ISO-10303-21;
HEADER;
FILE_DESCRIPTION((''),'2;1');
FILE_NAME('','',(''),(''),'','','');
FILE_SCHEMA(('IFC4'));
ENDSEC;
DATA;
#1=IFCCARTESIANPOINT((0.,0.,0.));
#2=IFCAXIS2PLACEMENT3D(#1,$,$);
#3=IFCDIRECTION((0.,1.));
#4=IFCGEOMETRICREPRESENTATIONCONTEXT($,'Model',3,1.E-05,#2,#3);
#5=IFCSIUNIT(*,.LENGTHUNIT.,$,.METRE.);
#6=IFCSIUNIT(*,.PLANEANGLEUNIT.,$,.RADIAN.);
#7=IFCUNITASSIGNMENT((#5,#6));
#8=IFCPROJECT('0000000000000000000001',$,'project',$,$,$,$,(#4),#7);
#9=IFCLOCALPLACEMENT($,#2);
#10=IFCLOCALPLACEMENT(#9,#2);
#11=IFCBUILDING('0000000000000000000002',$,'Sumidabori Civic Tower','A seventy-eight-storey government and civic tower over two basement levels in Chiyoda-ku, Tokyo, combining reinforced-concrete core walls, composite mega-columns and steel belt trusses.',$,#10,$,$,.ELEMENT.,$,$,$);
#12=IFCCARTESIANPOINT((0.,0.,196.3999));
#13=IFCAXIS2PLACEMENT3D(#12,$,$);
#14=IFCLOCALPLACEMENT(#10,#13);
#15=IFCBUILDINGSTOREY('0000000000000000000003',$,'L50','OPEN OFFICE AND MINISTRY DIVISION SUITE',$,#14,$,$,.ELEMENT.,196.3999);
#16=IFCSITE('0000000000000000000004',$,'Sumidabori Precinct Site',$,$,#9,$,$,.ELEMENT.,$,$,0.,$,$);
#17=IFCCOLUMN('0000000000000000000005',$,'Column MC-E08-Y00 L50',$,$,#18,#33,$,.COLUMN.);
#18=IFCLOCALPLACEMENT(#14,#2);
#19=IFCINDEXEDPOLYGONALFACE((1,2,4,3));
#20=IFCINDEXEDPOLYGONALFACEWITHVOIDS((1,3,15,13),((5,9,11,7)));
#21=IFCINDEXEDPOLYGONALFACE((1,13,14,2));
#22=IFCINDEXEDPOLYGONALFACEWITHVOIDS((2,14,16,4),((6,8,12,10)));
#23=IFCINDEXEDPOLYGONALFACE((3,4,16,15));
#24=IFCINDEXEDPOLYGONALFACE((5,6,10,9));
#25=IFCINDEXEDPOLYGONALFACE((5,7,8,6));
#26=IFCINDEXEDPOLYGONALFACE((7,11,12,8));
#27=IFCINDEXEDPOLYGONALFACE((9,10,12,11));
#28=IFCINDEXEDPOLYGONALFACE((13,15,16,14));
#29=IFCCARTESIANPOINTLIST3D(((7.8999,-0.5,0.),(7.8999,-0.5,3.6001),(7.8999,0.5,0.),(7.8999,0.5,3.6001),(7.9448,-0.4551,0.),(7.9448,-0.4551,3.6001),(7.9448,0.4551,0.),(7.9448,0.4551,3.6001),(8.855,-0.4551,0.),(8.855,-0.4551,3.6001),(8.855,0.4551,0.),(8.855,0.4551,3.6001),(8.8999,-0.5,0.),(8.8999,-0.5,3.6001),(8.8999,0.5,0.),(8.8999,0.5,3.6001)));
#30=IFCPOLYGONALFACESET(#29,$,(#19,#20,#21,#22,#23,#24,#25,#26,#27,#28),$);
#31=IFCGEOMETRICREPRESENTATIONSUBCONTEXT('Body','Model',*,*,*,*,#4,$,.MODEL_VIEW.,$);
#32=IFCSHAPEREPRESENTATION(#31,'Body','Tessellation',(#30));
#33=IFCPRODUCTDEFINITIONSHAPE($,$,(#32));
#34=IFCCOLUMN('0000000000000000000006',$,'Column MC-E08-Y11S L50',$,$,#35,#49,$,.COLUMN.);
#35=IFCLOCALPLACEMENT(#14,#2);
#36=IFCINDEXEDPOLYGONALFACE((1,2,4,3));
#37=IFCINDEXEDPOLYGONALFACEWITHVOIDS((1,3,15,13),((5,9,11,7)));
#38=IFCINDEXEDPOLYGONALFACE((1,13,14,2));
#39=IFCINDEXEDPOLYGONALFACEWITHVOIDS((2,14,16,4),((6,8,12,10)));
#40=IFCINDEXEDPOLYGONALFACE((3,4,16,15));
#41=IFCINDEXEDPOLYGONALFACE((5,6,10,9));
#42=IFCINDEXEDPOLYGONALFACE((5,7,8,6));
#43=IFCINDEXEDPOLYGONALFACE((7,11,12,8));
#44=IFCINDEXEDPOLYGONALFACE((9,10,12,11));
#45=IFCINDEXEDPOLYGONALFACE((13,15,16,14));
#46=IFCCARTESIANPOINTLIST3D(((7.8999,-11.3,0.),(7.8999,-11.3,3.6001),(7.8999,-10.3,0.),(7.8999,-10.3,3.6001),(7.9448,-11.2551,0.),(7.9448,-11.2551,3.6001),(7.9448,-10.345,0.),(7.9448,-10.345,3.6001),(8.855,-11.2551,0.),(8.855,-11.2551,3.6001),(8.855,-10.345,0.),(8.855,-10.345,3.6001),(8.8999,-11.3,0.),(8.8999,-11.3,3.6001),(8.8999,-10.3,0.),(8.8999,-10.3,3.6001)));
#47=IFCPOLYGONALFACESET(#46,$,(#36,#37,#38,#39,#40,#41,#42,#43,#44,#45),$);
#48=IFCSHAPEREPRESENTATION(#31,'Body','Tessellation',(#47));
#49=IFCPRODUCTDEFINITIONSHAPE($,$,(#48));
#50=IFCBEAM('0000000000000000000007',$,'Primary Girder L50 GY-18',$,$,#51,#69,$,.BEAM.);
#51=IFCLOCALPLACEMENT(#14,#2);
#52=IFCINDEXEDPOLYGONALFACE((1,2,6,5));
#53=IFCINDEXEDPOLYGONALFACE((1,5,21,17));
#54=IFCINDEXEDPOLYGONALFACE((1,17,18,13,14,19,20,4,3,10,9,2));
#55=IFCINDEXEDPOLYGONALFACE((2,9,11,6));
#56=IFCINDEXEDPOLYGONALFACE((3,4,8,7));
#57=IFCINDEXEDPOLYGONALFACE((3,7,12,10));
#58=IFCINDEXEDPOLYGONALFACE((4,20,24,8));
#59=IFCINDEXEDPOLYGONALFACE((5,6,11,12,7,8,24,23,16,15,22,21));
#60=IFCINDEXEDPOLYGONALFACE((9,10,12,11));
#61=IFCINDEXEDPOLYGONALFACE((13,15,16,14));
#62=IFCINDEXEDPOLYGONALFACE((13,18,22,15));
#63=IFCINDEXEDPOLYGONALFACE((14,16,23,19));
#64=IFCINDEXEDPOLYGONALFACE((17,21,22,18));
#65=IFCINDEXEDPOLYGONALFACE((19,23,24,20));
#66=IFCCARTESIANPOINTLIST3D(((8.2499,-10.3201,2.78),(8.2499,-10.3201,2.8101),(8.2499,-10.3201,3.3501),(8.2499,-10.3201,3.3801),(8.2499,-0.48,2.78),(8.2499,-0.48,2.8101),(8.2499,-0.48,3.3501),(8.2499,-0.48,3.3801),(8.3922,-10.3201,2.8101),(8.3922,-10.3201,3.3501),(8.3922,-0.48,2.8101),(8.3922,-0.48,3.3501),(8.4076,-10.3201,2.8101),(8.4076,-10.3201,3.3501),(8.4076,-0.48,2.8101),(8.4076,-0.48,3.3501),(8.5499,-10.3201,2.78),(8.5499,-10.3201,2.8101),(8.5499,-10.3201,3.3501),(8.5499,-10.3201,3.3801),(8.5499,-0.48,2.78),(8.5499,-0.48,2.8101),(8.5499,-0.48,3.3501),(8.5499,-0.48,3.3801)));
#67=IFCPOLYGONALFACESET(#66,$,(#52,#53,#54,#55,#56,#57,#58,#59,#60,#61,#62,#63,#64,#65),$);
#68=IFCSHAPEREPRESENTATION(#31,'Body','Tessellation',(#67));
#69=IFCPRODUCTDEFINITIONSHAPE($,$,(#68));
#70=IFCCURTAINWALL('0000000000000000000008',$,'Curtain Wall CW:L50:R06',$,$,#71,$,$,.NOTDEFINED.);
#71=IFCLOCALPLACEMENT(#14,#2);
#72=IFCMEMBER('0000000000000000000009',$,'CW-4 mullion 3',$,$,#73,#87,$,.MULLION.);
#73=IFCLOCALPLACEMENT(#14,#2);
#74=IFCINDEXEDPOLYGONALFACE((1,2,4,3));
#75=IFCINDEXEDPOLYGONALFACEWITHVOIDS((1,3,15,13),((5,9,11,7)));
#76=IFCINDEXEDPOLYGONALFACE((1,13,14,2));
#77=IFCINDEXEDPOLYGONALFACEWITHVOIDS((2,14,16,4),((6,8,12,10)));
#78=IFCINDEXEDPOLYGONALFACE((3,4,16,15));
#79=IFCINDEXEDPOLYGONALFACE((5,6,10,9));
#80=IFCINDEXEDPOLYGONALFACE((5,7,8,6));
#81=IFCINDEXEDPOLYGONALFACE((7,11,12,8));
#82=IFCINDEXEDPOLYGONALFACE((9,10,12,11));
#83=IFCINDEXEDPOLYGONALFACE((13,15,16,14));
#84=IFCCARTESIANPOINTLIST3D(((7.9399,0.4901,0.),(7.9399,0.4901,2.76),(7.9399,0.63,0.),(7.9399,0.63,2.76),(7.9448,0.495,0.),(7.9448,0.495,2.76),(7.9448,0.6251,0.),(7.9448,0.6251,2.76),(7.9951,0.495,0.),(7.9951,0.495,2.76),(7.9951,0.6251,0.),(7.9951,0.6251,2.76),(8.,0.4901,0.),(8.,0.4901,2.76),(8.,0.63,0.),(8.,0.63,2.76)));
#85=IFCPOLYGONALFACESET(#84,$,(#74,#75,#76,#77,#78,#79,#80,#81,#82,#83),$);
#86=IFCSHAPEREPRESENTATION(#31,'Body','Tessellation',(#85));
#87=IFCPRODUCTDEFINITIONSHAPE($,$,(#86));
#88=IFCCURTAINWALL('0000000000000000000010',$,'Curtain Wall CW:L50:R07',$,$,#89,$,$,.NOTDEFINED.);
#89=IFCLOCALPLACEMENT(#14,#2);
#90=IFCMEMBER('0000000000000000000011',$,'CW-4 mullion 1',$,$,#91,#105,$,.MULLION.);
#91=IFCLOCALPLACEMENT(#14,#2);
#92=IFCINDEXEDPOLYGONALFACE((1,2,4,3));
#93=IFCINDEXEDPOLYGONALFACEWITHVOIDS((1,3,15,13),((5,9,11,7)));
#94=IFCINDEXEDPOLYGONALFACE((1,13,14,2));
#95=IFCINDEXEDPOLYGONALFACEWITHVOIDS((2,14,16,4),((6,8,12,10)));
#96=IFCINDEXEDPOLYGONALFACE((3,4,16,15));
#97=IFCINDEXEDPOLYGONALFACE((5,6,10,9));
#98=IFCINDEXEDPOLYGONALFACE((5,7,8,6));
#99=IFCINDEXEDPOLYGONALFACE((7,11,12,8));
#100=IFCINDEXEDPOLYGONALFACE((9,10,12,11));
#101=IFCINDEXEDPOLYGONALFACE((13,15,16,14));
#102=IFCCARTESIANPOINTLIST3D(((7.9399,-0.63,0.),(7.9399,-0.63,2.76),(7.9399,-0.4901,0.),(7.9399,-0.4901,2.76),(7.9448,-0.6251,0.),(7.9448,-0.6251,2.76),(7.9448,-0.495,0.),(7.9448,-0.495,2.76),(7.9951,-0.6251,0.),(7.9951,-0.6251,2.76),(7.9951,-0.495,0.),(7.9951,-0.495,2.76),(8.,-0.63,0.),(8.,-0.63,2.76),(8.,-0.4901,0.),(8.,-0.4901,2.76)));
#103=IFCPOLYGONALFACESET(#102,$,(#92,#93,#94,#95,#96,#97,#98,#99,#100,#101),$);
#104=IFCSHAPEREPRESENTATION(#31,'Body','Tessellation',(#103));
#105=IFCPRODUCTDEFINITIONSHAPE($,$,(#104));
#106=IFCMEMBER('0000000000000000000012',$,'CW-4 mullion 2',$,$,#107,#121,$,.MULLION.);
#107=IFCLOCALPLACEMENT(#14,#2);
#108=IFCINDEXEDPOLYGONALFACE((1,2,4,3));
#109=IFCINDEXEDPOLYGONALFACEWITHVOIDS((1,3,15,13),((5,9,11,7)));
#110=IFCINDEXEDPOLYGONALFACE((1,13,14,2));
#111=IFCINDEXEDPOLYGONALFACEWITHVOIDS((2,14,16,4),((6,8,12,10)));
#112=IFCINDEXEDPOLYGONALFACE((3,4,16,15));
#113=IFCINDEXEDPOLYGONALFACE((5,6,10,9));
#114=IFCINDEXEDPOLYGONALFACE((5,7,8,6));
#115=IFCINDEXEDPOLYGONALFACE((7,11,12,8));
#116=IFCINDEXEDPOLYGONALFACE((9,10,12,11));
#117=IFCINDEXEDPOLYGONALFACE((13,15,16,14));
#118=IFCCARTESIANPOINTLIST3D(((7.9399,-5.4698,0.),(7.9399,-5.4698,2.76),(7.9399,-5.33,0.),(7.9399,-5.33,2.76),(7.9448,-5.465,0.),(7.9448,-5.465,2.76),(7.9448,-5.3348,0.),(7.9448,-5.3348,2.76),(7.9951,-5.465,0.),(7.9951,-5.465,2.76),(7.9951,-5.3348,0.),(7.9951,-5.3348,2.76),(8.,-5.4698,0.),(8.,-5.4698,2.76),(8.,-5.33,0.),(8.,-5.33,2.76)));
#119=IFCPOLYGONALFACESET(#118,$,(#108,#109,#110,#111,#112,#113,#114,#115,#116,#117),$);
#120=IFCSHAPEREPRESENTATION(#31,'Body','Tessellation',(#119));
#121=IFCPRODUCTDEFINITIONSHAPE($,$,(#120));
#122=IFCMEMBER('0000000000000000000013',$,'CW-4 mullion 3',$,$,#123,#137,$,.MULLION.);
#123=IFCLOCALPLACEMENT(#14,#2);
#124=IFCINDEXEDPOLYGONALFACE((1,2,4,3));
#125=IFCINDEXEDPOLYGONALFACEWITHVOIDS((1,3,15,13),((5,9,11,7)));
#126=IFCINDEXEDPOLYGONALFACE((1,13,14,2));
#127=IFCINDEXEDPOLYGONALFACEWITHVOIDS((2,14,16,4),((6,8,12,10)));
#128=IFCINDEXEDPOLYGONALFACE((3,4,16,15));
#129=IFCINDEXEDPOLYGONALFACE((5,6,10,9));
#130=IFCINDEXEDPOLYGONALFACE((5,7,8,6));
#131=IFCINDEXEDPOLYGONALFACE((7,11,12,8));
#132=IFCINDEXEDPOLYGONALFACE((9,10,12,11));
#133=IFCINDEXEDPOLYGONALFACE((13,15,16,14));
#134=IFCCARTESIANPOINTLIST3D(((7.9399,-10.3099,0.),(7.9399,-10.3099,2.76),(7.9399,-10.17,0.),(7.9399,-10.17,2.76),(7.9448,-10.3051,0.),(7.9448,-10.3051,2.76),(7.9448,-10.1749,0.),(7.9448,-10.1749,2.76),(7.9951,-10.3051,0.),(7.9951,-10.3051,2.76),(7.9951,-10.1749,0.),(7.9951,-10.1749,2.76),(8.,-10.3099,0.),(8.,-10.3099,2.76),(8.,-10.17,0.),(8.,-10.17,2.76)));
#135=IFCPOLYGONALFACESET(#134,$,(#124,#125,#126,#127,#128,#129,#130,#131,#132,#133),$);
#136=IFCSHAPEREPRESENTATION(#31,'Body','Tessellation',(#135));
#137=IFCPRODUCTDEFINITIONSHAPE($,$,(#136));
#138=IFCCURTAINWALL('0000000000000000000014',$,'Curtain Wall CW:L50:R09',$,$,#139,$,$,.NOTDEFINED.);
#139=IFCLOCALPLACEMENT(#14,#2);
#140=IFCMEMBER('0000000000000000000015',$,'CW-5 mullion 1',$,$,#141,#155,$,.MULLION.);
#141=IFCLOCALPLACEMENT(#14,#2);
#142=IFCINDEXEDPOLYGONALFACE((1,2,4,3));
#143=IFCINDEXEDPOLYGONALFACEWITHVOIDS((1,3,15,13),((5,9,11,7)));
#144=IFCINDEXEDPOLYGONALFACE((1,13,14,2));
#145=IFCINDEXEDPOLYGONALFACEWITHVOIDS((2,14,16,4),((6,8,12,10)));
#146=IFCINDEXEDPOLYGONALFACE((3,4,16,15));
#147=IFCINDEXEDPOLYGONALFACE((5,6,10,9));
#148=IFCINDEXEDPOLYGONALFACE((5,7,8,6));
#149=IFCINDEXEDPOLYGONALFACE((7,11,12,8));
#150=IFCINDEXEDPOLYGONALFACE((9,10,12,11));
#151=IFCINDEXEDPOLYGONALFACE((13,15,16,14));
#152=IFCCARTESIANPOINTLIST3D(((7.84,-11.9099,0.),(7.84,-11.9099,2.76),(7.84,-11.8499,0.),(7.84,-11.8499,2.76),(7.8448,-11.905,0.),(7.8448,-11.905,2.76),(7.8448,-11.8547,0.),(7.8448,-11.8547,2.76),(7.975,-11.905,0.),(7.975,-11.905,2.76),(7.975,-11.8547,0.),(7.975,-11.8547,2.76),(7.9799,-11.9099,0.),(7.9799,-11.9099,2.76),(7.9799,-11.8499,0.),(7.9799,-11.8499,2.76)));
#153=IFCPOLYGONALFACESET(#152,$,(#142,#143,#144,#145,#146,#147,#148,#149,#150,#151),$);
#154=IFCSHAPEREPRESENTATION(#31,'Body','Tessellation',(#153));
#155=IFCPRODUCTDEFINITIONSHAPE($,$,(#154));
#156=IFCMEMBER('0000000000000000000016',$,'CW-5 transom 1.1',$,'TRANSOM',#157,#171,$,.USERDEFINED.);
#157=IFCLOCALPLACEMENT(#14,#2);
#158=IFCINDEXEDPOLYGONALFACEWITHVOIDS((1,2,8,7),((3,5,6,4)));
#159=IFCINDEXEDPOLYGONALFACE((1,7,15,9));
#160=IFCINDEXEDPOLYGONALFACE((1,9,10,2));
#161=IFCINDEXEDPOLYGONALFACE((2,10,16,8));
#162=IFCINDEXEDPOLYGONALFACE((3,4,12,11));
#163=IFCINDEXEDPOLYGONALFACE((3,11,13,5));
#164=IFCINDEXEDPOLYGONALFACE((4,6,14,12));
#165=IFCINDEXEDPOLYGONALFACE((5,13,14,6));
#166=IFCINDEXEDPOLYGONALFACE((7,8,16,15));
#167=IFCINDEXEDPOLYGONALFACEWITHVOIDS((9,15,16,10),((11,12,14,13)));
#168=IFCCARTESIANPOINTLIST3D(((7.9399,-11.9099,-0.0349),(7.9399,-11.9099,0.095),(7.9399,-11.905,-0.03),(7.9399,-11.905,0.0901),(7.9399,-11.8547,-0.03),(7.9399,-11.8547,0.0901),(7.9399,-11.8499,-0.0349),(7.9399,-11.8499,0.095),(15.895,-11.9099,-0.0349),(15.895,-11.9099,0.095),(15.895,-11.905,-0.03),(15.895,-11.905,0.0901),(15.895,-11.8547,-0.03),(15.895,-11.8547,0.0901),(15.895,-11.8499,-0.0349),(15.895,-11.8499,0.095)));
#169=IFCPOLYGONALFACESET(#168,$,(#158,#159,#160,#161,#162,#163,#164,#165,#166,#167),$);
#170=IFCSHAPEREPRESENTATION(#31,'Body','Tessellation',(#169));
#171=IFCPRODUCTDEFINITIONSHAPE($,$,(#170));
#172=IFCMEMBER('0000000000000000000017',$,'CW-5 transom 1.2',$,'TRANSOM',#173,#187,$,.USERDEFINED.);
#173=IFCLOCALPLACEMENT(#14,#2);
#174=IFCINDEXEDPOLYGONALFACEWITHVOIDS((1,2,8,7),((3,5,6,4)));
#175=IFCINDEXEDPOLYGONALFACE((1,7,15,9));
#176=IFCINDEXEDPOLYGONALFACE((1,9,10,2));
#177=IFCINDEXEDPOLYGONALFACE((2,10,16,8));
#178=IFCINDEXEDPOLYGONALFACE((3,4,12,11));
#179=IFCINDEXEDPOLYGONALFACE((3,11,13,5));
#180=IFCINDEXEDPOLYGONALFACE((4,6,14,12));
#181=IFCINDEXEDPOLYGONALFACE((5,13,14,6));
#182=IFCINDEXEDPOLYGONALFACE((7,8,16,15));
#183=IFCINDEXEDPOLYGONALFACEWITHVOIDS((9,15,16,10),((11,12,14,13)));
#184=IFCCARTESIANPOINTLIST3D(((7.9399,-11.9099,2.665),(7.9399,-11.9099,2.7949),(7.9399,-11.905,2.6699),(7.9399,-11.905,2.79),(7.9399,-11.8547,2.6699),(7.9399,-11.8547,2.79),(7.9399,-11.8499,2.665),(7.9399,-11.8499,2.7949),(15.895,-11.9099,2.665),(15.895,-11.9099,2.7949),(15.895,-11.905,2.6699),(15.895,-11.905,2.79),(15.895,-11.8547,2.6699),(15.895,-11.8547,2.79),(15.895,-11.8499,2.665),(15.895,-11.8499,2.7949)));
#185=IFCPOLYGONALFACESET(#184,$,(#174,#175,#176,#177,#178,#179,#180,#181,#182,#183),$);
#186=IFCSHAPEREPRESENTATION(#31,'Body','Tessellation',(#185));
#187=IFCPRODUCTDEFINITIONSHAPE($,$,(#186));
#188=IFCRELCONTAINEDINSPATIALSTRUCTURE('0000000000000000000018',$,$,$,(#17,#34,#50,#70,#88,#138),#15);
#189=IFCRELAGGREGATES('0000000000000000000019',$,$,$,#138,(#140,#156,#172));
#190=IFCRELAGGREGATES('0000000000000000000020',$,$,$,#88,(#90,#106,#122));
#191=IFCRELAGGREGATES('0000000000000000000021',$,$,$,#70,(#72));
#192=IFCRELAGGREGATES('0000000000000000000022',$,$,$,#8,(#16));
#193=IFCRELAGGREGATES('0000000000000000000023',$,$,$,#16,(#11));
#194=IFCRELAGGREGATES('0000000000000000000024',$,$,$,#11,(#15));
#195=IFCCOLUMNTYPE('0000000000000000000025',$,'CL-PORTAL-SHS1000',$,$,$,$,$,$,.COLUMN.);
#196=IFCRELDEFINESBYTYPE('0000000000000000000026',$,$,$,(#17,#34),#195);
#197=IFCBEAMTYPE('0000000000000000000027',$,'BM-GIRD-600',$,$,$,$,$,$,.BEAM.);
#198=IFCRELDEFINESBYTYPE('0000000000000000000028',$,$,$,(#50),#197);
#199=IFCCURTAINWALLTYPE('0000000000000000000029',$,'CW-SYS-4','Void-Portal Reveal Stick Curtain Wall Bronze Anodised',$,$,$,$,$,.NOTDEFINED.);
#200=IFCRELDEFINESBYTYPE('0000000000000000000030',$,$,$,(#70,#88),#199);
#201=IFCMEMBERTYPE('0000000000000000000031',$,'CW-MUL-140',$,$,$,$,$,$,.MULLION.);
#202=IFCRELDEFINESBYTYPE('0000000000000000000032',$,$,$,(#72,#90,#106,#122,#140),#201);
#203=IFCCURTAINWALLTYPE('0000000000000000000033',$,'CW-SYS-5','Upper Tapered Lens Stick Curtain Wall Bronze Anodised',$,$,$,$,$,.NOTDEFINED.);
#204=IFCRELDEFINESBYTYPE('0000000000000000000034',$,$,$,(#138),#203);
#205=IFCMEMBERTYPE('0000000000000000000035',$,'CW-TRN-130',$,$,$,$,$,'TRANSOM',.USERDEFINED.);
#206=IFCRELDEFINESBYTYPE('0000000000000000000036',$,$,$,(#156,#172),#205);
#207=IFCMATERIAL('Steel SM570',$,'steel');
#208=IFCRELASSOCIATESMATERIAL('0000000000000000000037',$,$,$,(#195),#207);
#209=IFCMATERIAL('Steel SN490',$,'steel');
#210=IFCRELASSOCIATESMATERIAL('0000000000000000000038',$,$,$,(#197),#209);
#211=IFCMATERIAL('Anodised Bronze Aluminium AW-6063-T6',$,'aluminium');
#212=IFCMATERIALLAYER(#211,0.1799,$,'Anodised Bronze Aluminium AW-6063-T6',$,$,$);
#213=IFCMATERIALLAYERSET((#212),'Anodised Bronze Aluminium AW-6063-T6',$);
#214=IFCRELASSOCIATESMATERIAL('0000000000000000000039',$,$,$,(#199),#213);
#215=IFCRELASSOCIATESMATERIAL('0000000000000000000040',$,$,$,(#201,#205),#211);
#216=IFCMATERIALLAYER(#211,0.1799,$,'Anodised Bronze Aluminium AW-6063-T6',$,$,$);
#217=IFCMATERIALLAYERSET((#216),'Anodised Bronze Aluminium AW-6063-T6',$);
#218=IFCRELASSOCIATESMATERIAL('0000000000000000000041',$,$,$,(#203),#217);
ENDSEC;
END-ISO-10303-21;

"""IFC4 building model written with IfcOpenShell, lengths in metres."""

from ifc_helpers import new_model, si_unit, direction, frame, origin, origin_2d, place, context, subcontext, project, spatial, hollow_rectangle, i_section, extrude, source, transform, mapped, material, layer, layer_set, material_profile, profile_set, type_object, element, aggregate, save


model = new_model("IFC4")

# Units and contexts
model_context = context("Model", 3, precision=1e-05, world=origin(), true_north=direction((0.0, 1.0)))
body_context = subcontext(model_context, "Body", "Model", "MODEL_VIEW")
ifc_project = project(units=[si_unit("LENGTHUNIT", "METRE"), si_unit("PLANEANGLEUNIT", "RADIAN")], contexts=[model_context])

# Site, building, storey
site_placement = place(None, origin())
site = spatial("IfcSite", under=ifc_project, at=site_placement, Name="Sumidabori Precinct Site", CompositionType="ELEMENT", RefElevation=0.0)
building_placement = place(site_placement, origin())
building = spatial("IfcBuilding", under=site, at=building_placement, Name="Sumidabori Civic Tower", Description="A seventy-eight-storey government and civic tower over two basement levels in Chiyoda-ku, Tokyo, combining reinforced-concrete core walls, composite mega-columns and steel belt trusses.", CompositionType="ELEMENT")
storey_placement = place(building_placement, frame((0.0, 0.0, 196.3999)))
storey = spatial("IfcBuildingStorey", under=building, at=storey_placement, Name="L50", Description="OPEN OFFICE AND MINISTRY DIVISION SUITE", CompositionType="ELEMENT", Elevation=196.3999)

# Columns
ifc_material_1 = material(Name="Steel SM570", Category="steel")
ifc_material_profile_1 = material_profile(ifc_material_1, hollow_rectangle(XDim=1.0, YDim=1.0, WallThickness=0.0449, at=origin_2d()), Name="SHS 1000x1000x45")
ifc_profile_set_1 = profile_set([ifc_material_profile_1], Name="Steel SM570")
column_type = type_object("IfcColumnType", Name="CL-PORTAL-SHS1000", PredefinedType="COLUMN", material=ifc_profile_set_1)
shared_shape_1 = source(origin(), body_context, "Body", "SweptSolid", [
    extrude(hollow_rectangle(XDim=1.0, YDim=1.0, WallThickness=0.0449, at=origin_2d()), origin(), (0.0, 0.0, 1.0), 3.6001),
])
for number, where, z_axis, x_axis, name in (
    (1, (8.3999, 0.0, 0.0), (0.0, 0.0, 1.0), (1.0, 0.0, 0.0), "Column MC-E08-Y00 L50"),
    (2, (8.3999, -10.8, 0.0), (0.0, 0.0, 1.0), (1.0, 0.0, 0.0), "Column MC-E08-Y11S L50"),
):
    element("IfcColumn", number, at=place(storey_placement, frame(where, z_axis=z_axis, x_axis=x_axis)), inside=storey, type_object=column_type, Name=name, PredefinedType="COLUMN", context=body_context, shape_type="MappedRepresentation", body=[
        mapped(shared_shape_1, transform((0.0, 0.0, 0.0), x_axis=(1.0, 0.0, 0.0), y_axis=(0.0, 1.0, 0.0), z_axis=(0.0, 0.0, 1.0), scale=1.0)),
    ])

# Beam
ifc_material_2 = material(Name="Steel SN490", Category="steel")
ifc_material_profile_2 = material_profile(ifc_material_2, i_section(OverallWidth=0.3, OverallDepth=0.6001, WebThickness=0.0154, FlangeThickness=0.03, at=origin_2d()), Name="HE 600 B")
ifc_profile_set_2 = profile_set([ifc_material_profile_2], Name="Steel SN490")
beam_type = type_object("IfcBeamType", Name="BM-GIRD-600", PredefinedType="BEAM", material=ifc_profile_set_2)
shared_shape_2 = source(origin(), body_context, "Body", "SweptSolid", [
    extrude(i_section(OverallWidth=0.3, OverallDepth=0.6001, WebThickness=0.0154, FlangeThickness=0.03, at=origin_2d()), origin(), (0.0, 0.0, 1.0), 9.8401),
])
beam_placement = place(storey_placement, frame((8.3999, -10.3201, 3.0801), z_axis=(0.0, 1.0, 0.0), x_axis=(-1.0, 0.0, 0.0)))
element("IfcBeam", 3, at=beam_placement, inside=storey, type_object=beam_type, Name="Primary Girder L50 GY-18", PredefinedType="BEAM", context=body_context, shape_type="MappedRepresentation", body=[
    mapped(shared_shape_2, transform((0.0, 0.0, 0.0), x_axis=(1.0, 0.0, 0.0), y_axis=(0.0, 1.0, 0.0), z_axis=(0.0, 0.0, 1.0), scale=1.0)),
])

# Curtain wall, member
ifc_material_3 = material(Name="Anodised Bronze Aluminium AW-6063-T6", Category="aluminium")
ifc_layer_1 = layer(ifc_material_3, 0.1799, Name="Anodised Bronze Aluminium AW-6063-T6")
ifc_layer_set_1 = layer_set([ifc_layer_1], Name="Anodised Bronze Aluminium AW-6063-T6")
curtain_wall_type_1 = type_object("IfcCurtainWallType", Name="CW-SYS-4", Description="Void-Portal Reveal Stick Curtain Wall Bronze Anodised", PredefinedType="NOTDEFINED", material=ifc_layer_set_1)
curtain_wall_1_placement = place(storey_placement, origin())
curtain_wall_1 = element("IfcCurtainWall", 4, at=curtain_wall_1_placement, inside=storey, type_object=curtain_wall_type_1, Name="Curtain Wall CW:L50:R06", PredefinedType="NOTDEFINED")
ifc_material_profile_3 = material_profile(ifc_material_3, hollow_rectangle(XDim=0.0601, YDim=0.1399, WallThickness=0.0049, at=origin_2d()), Name="ALU MULLION 140x60")
ifc_profile_set_3 = profile_set([ifc_material_profile_3], Name="Anodised Bronze Aluminium AW-6063-T6")
member_type_1 = type_object("IfcMemberType", Name="CW-MUL-140", PredefinedType="MULLION", material=ifc_profile_set_3)
shared_shape_3 = source(origin(), body_context, "Body", "SweptSolid", [
    extrude(hollow_rectangle(XDim=0.0601, YDim=0.1399, WallThickness=0.0049, at=origin_2d()), origin(), (0.0, 0.0, 1.0), 2.76),
])
member_1_placement = place(storey_placement, frame((7.97, 0.5601, 0.0), z_axis=(0.0, 0.0, 1.0), x_axis=(1.0, 0.0, 0.0)))
member_1 = element("IfcMember", 5, at=member_1_placement, type_object=member_type_1, Name="CW-4 mullion 3", PredefinedType="MULLION", context=body_context, shape_type="MappedRepresentation", body=[
    mapped(shared_shape_3, transform((0.0, 0.0, 0.0), x_axis=(1.0, 0.0, 0.0), y_axis=(0.0, 1.0, 0.0), z_axis=(0.0, 0.0, 1.0), scale=1.0)),
])

# Curtain walls, members
curtain_wall_2_placement = place(storey_placement, origin())
curtain_wall_2 = element("IfcCurtainWall", 6, at=curtain_wall_2_placement, inside=storey, type_object=curtain_wall_type_1, Name="Curtain Wall CW:L50:R07", PredefinedType="NOTDEFINED")
member_2_placement = place(storey_placement, frame((7.97, -0.5601, 0.0), z_axis=(0.0, 0.0, 1.0), x_axis=(1.0, 0.0, 0.0)))
member_2 = element("IfcMember", 7, at=member_2_placement, type_object=member_type_1, Name="CW-4 mullion 1", PredefinedType="MULLION", context=body_context, shape_type="MappedRepresentation", body=[
    mapped(shared_shape_3, transform((0.0, 0.0, 0.0), x_axis=(1.0, 0.0, 0.0), y_axis=(0.0, 1.0, 0.0), z_axis=(0.0, 0.0, 1.0), scale=1.0)),
])
member_3_placement = place(storey_placement, frame((7.97, -5.3999, 0.0), z_axis=(0.0, 0.0, 1.0), x_axis=(1.0, 0.0, 0.0)))
member_3 = element("IfcMember", 8, at=member_3_placement, type_object=member_type_1, Name="CW-4 mullion 2", PredefinedType="MULLION", context=body_context, shape_type="MappedRepresentation", body=[
    mapped(shared_shape_3, transform((0.0, 0.0, 0.0), x_axis=(1.0, 0.0, 0.0), y_axis=(0.0, 1.0, 0.0), z_axis=(0.0, 0.0, 1.0), scale=1.0)),
])
member_4_placement = place(storey_placement, frame((7.97, -10.24, 0.0), z_axis=(0.0, 0.0, 1.0), x_axis=(1.0, 0.0, 0.0)))
member_4 = element("IfcMember", 9, at=member_4_placement, type_object=member_type_1, Name="CW-4 mullion 3", PredefinedType="MULLION", context=body_context, shape_type="MappedRepresentation", body=[
    mapped(shared_shape_3, transform((0.0, 0.0, 0.0), x_axis=(1.0, 0.0, 0.0), y_axis=(0.0, 1.0, 0.0), z_axis=(0.0, 0.0, 1.0), scale=1.0)),
])
ifc_layer_2 = layer(ifc_material_3, 0.1799, Name="Anodised Bronze Aluminium AW-6063-T6")
ifc_layer_set_2 = layer_set([ifc_layer_2], Name="Anodised Bronze Aluminium AW-6063-T6")
curtain_wall_type_2 = type_object("IfcCurtainWallType", Name="CW-SYS-5", Description="Upper Tapered Lens Stick Curtain Wall Bronze Anodised", PredefinedType="NOTDEFINED", material=ifc_layer_set_2)
curtain_wall_3_placement = place(storey_placement, origin())
curtain_wall_3 = element("IfcCurtainWall", 10, at=curtain_wall_3_placement, inside=storey, type_object=curtain_wall_type_2, Name="Curtain Wall CW:L50:R09", PredefinedType="NOTDEFINED")
member_5_placement = place(storey_placement, frame((7.9099, -11.8799, 0.0), z_axis=(0.0, 0.0, 1.0), x_axis=(0.0, 1.0, 0.0)))
member_5 = element("IfcMember", 11, at=member_5_placement, type_object=member_type_1, Name="CW-5 mullion 1", PredefinedType="MULLION", context=body_context, shape_type="MappedRepresentation", body=[
    mapped(shared_shape_3, transform((0.0, 0.0, 0.0), x_axis=(1.0, 0.0, 0.0), y_axis=(0.0, 1.0, 0.0), z_axis=(0.0, 0.0, 1.0), scale=1.0)),
])
ifc_material_profile_4 = material_profile(ifc_material_3, hollow_rectangle(XDim=0.0601, YDim=0.1299, WallThickness=0.0049, at=origin_2d()), Name="ALU TRANSOM 130x60")
ifc_profile_set_4 = profile_set([ifc_material_profile_4], Name="Anodised Bronze Aluminium AW-6063-T6")
member_type_2 = type_object("IfcMemberType", Name="CW-TRN-130", ElementType="TRANSOM", PredefinedType="USERDEFINED", material=ifc_profile_set_4)
shared_shape_4 = source(origin(), body_context, "Body", "SweptSolid", [
    extrude(hollow_rectangle(XDim=0.0601, YDim=0.1299, WallThickness=0.0049, at=origin_2d()), origin(), (0.0, 0.0, 1.0), 7.9551),
])
member_6_placement = place(storey_placement, frame((7.9399, -11.8799, 0.03), z_axis=(1.0, 0.0, 0.0), x_axis=(0.0, 1.0, 0.0)))
member_6 = element("IfcMember", 12, at=member_6_placement, type_object=member_type_2, Name="CW-5 transom 1.1", ObjectType="TRANSOM", PredefinedType="USERDEFINED", context=body_context, shape_type="MappedRepresentation", body=[
    mapped(shared_shape_4, transform((0.0, 0.0, 0.0), x_axis=(1.0, 0.0, 0.0), y_axis=(0.0, 1.0, 0.0), z_axis=(0.0, 0.0, 1.0), scale=1.0)),
])
member_7_placement = place(storey_placement, frame((7.9399, -11.8799, 2.73), z_axis=(1.0, 0.0, 0.0), x_axis=(0.0, 1.0, 0.0)))
member_7 = element("IfcMember", 13, at=member_7_placement, type_object=member_type_2, Name="CW-5 transom 1.2", ObjectType="TRANSOM", PredefinedType="USERDEFINED", context=body_context, shape_type="MappedRepresentation", body=[
    mapped(shared_shape_4, transform((0.0, 0.0, 0.0), x_axis=(1.0, 0.0, 0.0), y_axis=(0.0, 1.0, 0.0), z_axis=(0.0, 0.0, 1.0), scale=1.0)),
])
aggregate(curtain_wall_3, [member_5, member_6, member_7])

aggregate(curtain_wall_2, [member_2, member_3, member_4])
aggregate(curtain_wall_1, [member_1])

save(model, "model.ifc")
